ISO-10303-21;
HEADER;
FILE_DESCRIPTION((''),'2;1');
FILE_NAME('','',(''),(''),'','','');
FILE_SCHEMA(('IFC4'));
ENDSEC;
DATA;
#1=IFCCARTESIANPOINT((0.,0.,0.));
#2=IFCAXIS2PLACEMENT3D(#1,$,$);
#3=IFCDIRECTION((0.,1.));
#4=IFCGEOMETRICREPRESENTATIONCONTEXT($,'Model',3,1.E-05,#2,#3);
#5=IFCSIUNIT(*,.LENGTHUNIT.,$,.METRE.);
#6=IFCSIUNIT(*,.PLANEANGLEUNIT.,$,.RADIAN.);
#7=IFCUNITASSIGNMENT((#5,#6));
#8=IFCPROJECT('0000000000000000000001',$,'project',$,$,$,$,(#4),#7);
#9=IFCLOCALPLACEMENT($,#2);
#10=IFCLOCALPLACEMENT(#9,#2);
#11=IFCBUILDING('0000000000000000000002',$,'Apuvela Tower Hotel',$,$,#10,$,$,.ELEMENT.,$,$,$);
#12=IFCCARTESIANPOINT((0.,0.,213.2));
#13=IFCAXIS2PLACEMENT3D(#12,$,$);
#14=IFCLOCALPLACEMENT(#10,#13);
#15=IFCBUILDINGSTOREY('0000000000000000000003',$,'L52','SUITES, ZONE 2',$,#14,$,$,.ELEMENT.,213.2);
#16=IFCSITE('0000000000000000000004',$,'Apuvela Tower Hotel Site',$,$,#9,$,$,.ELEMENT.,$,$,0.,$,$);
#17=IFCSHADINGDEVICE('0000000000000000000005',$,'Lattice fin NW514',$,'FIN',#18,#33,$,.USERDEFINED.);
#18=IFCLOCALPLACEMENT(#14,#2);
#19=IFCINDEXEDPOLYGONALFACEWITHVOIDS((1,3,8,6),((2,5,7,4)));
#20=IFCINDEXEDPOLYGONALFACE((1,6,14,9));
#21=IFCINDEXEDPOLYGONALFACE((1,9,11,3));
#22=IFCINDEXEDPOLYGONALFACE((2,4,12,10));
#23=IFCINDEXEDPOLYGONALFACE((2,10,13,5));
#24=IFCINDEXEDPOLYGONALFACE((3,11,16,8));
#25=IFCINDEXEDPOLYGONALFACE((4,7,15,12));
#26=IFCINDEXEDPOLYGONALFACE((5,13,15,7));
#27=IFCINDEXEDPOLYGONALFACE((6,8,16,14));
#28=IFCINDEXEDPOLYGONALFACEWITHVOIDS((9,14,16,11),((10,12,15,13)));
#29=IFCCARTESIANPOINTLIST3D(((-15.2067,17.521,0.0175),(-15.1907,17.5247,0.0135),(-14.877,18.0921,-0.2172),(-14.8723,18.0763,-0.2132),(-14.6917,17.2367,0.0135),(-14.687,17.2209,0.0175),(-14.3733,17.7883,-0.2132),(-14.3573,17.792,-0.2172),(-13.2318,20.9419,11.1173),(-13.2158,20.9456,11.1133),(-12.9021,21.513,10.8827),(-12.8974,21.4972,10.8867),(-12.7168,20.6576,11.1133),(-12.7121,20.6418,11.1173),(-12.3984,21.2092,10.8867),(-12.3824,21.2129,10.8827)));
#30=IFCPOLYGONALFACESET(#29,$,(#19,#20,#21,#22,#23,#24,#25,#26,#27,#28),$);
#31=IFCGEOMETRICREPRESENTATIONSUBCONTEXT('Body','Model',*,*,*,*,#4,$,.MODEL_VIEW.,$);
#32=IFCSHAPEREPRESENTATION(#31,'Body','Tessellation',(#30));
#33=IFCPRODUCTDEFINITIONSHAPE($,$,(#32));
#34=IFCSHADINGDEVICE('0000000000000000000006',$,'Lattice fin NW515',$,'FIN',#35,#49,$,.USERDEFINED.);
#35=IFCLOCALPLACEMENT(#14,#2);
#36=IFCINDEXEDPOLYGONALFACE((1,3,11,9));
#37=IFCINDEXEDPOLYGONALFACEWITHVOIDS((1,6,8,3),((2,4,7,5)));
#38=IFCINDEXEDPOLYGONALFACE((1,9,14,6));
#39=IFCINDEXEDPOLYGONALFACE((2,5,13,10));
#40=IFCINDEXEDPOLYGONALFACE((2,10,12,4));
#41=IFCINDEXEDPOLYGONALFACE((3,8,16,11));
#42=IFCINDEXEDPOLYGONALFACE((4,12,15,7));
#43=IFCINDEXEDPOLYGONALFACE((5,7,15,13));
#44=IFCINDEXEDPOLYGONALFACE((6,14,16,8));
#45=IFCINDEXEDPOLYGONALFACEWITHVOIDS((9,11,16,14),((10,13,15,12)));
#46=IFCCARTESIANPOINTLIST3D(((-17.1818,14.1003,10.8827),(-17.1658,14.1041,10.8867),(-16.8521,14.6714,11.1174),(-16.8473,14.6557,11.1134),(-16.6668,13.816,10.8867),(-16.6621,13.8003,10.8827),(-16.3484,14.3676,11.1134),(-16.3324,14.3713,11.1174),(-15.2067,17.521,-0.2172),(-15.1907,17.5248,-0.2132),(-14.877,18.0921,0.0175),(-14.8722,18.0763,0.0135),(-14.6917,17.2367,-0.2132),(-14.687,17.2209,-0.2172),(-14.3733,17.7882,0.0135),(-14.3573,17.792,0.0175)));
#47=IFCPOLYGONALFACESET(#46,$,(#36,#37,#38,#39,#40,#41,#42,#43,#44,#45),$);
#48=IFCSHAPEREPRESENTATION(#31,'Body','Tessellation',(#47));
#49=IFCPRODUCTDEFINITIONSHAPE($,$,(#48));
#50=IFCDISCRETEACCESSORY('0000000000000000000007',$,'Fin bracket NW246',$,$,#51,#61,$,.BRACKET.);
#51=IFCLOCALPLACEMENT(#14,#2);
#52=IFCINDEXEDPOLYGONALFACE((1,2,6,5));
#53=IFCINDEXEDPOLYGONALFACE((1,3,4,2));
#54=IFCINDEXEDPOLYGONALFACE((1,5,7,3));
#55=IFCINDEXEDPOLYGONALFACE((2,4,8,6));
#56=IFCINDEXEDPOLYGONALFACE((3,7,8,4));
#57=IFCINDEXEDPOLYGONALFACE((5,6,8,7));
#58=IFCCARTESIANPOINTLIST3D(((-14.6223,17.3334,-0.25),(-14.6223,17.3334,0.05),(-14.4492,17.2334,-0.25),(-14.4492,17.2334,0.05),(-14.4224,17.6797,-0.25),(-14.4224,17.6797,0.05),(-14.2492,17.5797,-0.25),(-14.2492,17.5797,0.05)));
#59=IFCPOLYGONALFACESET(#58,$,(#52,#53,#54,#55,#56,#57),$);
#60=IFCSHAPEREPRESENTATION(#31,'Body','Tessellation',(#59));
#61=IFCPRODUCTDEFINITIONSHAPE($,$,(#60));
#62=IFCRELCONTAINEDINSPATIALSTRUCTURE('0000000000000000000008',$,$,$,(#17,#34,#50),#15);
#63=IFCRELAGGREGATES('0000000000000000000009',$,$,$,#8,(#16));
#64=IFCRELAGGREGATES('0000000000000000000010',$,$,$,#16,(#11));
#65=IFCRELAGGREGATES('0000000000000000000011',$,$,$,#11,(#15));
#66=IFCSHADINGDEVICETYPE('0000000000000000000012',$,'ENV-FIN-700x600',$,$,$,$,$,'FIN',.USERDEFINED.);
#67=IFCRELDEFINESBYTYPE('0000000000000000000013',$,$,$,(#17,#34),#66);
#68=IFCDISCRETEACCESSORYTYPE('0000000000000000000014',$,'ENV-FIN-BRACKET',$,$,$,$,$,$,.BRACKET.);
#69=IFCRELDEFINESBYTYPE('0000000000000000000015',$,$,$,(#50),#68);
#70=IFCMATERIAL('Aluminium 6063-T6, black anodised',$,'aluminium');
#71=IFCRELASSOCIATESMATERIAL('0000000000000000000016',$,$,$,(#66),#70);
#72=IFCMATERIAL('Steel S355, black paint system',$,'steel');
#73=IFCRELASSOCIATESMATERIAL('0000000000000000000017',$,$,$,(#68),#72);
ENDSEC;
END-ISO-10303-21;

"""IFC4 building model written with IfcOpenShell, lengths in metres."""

from ifc_helpers import new_model, si_unit, direction, frame, origin, origin_2d, place, context, subcontext, project, spatial, rectangle, hollow_rectangle, extrude, material, material_profile, profile_set, type_object, element, save


model = new_model("IFC4")

# Units and contexts
model_context = context("Model", 3, precision=1e-05, world=origin(), true_north=direction((0.0, 1.0)))
body_context = subcontext(model_context, "Body", "Model", "MODEL_VIEW")
ifc_project = project(units=[si_unit("LENGTHUNIT", "METRE"), si_unit("PLANEANGLEUNIT", "RADIAN")], contexts=[model_context])

# Site, building, storey
site_placement = place(None, origin())
site = spatial("IfcSite", under=ifc_project, at=site_placement, Name="Apuvela Tower Hotel Site", CompositionType="ELEMENT", RefElevation=0.0)
building_placement = place(site_placement, origin())
building = spatial("IfcBuilding", under=site, at=building_placement, Name="Apuvela Tower Hotel", CompositionType="ELEMENT")
storey_placement = place(building_placement, frame((0.0, 0.0, 213.2)))
storey = spatial("IfcBuildingStorey", under=building, at=storey_placement, Name="L52", Description="SUITES, ZONE 2", CompositionType="ELEMENT", Elevation=213.2)

# Shading devices
ifc_material_1 = material(Name="Aluminium 6063-T6, black anodised", Category="aluminium")
ifc_material_profile_1 = material_profile(ifc_material_1, hollow_rectangle(XDim=0.6001, YDim=0.7, WallThickness=0.012, at=origin_2d()), Name="AL BOX 700x600x12")
ifc_profile_set_1 = profile_set([ifc_material_profile_1], Name="Aluminium 6063-T6, black anodised")
shading_device_type = type_object("IfcShadingDeviceType", Name="ENV-FIN-700x600", ElementType="FIN", PredefinedType="USERDEFINED", material=ifc_profile_set_1)
for number, where, z_axis, x_axis, name in (
    (1, (-14.782, 17.6565, -0.0999), (0.16762, 0.290356, 0.942124), (-0.866048, 0.499961, 0.0), "Lattice fin NW514"),
    (2, (-14.782, 17.6565, -0.0999), (-0.167641, -0.290336, 0.942126), (0.866005, -0.500035, 0.0), "Lattice fin NW515"),
):
    element("IfcShadingDevice", number, at=place(storey_placement, frame(where, z_axis=z_axis, x_axis=x_axis)), inside=storey, type_object=shading_device_type, Name=name, ObjectType="FIN", PredefinedType="USERDEFINED", context=body_context, shape_type="SweptSolid", body=[
        extrude(hollow_rectangle(XDim=0.6001, YDim=0.7, WallThickness=0.012, at=origin_2d()), origin(), (0.0, 0.0, 1.0), 11.7817),
    ])

# Discrete accessory
ifc_material_2 = material(Name="Steel S355, black paint system", Category="steel")
discrete_accessory_type = type_object("IfcDiscreteAccessoryType", Name="ENV-FIN-BRACKET", PredefinedType="BRACKET", material=ifc_material_2)
discrete_accessory_placement = place(storey_placement, frame((-14.4358, 17.4565, -0.25), z_axis=(0.0, 0.0, 1.0), x_axis=(-0.5, -0.866025, 0.0)))
element("IfcDiscreteAccessory", 3, at=discrete_accessory_placement, inside=storey, type_object=discrete_accessory_type, Name="Fin bracket NW246", PredefinedType="BRACKET", context=body_context, shape_type="SweptSolid", body=[
    extrude(rectangle(XDim=0.3999, YDim=0.2, at=origin_2d()), origin(), (0.0, 0.0, 1.0), 0.3),
])

save(model, "model.ifc")
